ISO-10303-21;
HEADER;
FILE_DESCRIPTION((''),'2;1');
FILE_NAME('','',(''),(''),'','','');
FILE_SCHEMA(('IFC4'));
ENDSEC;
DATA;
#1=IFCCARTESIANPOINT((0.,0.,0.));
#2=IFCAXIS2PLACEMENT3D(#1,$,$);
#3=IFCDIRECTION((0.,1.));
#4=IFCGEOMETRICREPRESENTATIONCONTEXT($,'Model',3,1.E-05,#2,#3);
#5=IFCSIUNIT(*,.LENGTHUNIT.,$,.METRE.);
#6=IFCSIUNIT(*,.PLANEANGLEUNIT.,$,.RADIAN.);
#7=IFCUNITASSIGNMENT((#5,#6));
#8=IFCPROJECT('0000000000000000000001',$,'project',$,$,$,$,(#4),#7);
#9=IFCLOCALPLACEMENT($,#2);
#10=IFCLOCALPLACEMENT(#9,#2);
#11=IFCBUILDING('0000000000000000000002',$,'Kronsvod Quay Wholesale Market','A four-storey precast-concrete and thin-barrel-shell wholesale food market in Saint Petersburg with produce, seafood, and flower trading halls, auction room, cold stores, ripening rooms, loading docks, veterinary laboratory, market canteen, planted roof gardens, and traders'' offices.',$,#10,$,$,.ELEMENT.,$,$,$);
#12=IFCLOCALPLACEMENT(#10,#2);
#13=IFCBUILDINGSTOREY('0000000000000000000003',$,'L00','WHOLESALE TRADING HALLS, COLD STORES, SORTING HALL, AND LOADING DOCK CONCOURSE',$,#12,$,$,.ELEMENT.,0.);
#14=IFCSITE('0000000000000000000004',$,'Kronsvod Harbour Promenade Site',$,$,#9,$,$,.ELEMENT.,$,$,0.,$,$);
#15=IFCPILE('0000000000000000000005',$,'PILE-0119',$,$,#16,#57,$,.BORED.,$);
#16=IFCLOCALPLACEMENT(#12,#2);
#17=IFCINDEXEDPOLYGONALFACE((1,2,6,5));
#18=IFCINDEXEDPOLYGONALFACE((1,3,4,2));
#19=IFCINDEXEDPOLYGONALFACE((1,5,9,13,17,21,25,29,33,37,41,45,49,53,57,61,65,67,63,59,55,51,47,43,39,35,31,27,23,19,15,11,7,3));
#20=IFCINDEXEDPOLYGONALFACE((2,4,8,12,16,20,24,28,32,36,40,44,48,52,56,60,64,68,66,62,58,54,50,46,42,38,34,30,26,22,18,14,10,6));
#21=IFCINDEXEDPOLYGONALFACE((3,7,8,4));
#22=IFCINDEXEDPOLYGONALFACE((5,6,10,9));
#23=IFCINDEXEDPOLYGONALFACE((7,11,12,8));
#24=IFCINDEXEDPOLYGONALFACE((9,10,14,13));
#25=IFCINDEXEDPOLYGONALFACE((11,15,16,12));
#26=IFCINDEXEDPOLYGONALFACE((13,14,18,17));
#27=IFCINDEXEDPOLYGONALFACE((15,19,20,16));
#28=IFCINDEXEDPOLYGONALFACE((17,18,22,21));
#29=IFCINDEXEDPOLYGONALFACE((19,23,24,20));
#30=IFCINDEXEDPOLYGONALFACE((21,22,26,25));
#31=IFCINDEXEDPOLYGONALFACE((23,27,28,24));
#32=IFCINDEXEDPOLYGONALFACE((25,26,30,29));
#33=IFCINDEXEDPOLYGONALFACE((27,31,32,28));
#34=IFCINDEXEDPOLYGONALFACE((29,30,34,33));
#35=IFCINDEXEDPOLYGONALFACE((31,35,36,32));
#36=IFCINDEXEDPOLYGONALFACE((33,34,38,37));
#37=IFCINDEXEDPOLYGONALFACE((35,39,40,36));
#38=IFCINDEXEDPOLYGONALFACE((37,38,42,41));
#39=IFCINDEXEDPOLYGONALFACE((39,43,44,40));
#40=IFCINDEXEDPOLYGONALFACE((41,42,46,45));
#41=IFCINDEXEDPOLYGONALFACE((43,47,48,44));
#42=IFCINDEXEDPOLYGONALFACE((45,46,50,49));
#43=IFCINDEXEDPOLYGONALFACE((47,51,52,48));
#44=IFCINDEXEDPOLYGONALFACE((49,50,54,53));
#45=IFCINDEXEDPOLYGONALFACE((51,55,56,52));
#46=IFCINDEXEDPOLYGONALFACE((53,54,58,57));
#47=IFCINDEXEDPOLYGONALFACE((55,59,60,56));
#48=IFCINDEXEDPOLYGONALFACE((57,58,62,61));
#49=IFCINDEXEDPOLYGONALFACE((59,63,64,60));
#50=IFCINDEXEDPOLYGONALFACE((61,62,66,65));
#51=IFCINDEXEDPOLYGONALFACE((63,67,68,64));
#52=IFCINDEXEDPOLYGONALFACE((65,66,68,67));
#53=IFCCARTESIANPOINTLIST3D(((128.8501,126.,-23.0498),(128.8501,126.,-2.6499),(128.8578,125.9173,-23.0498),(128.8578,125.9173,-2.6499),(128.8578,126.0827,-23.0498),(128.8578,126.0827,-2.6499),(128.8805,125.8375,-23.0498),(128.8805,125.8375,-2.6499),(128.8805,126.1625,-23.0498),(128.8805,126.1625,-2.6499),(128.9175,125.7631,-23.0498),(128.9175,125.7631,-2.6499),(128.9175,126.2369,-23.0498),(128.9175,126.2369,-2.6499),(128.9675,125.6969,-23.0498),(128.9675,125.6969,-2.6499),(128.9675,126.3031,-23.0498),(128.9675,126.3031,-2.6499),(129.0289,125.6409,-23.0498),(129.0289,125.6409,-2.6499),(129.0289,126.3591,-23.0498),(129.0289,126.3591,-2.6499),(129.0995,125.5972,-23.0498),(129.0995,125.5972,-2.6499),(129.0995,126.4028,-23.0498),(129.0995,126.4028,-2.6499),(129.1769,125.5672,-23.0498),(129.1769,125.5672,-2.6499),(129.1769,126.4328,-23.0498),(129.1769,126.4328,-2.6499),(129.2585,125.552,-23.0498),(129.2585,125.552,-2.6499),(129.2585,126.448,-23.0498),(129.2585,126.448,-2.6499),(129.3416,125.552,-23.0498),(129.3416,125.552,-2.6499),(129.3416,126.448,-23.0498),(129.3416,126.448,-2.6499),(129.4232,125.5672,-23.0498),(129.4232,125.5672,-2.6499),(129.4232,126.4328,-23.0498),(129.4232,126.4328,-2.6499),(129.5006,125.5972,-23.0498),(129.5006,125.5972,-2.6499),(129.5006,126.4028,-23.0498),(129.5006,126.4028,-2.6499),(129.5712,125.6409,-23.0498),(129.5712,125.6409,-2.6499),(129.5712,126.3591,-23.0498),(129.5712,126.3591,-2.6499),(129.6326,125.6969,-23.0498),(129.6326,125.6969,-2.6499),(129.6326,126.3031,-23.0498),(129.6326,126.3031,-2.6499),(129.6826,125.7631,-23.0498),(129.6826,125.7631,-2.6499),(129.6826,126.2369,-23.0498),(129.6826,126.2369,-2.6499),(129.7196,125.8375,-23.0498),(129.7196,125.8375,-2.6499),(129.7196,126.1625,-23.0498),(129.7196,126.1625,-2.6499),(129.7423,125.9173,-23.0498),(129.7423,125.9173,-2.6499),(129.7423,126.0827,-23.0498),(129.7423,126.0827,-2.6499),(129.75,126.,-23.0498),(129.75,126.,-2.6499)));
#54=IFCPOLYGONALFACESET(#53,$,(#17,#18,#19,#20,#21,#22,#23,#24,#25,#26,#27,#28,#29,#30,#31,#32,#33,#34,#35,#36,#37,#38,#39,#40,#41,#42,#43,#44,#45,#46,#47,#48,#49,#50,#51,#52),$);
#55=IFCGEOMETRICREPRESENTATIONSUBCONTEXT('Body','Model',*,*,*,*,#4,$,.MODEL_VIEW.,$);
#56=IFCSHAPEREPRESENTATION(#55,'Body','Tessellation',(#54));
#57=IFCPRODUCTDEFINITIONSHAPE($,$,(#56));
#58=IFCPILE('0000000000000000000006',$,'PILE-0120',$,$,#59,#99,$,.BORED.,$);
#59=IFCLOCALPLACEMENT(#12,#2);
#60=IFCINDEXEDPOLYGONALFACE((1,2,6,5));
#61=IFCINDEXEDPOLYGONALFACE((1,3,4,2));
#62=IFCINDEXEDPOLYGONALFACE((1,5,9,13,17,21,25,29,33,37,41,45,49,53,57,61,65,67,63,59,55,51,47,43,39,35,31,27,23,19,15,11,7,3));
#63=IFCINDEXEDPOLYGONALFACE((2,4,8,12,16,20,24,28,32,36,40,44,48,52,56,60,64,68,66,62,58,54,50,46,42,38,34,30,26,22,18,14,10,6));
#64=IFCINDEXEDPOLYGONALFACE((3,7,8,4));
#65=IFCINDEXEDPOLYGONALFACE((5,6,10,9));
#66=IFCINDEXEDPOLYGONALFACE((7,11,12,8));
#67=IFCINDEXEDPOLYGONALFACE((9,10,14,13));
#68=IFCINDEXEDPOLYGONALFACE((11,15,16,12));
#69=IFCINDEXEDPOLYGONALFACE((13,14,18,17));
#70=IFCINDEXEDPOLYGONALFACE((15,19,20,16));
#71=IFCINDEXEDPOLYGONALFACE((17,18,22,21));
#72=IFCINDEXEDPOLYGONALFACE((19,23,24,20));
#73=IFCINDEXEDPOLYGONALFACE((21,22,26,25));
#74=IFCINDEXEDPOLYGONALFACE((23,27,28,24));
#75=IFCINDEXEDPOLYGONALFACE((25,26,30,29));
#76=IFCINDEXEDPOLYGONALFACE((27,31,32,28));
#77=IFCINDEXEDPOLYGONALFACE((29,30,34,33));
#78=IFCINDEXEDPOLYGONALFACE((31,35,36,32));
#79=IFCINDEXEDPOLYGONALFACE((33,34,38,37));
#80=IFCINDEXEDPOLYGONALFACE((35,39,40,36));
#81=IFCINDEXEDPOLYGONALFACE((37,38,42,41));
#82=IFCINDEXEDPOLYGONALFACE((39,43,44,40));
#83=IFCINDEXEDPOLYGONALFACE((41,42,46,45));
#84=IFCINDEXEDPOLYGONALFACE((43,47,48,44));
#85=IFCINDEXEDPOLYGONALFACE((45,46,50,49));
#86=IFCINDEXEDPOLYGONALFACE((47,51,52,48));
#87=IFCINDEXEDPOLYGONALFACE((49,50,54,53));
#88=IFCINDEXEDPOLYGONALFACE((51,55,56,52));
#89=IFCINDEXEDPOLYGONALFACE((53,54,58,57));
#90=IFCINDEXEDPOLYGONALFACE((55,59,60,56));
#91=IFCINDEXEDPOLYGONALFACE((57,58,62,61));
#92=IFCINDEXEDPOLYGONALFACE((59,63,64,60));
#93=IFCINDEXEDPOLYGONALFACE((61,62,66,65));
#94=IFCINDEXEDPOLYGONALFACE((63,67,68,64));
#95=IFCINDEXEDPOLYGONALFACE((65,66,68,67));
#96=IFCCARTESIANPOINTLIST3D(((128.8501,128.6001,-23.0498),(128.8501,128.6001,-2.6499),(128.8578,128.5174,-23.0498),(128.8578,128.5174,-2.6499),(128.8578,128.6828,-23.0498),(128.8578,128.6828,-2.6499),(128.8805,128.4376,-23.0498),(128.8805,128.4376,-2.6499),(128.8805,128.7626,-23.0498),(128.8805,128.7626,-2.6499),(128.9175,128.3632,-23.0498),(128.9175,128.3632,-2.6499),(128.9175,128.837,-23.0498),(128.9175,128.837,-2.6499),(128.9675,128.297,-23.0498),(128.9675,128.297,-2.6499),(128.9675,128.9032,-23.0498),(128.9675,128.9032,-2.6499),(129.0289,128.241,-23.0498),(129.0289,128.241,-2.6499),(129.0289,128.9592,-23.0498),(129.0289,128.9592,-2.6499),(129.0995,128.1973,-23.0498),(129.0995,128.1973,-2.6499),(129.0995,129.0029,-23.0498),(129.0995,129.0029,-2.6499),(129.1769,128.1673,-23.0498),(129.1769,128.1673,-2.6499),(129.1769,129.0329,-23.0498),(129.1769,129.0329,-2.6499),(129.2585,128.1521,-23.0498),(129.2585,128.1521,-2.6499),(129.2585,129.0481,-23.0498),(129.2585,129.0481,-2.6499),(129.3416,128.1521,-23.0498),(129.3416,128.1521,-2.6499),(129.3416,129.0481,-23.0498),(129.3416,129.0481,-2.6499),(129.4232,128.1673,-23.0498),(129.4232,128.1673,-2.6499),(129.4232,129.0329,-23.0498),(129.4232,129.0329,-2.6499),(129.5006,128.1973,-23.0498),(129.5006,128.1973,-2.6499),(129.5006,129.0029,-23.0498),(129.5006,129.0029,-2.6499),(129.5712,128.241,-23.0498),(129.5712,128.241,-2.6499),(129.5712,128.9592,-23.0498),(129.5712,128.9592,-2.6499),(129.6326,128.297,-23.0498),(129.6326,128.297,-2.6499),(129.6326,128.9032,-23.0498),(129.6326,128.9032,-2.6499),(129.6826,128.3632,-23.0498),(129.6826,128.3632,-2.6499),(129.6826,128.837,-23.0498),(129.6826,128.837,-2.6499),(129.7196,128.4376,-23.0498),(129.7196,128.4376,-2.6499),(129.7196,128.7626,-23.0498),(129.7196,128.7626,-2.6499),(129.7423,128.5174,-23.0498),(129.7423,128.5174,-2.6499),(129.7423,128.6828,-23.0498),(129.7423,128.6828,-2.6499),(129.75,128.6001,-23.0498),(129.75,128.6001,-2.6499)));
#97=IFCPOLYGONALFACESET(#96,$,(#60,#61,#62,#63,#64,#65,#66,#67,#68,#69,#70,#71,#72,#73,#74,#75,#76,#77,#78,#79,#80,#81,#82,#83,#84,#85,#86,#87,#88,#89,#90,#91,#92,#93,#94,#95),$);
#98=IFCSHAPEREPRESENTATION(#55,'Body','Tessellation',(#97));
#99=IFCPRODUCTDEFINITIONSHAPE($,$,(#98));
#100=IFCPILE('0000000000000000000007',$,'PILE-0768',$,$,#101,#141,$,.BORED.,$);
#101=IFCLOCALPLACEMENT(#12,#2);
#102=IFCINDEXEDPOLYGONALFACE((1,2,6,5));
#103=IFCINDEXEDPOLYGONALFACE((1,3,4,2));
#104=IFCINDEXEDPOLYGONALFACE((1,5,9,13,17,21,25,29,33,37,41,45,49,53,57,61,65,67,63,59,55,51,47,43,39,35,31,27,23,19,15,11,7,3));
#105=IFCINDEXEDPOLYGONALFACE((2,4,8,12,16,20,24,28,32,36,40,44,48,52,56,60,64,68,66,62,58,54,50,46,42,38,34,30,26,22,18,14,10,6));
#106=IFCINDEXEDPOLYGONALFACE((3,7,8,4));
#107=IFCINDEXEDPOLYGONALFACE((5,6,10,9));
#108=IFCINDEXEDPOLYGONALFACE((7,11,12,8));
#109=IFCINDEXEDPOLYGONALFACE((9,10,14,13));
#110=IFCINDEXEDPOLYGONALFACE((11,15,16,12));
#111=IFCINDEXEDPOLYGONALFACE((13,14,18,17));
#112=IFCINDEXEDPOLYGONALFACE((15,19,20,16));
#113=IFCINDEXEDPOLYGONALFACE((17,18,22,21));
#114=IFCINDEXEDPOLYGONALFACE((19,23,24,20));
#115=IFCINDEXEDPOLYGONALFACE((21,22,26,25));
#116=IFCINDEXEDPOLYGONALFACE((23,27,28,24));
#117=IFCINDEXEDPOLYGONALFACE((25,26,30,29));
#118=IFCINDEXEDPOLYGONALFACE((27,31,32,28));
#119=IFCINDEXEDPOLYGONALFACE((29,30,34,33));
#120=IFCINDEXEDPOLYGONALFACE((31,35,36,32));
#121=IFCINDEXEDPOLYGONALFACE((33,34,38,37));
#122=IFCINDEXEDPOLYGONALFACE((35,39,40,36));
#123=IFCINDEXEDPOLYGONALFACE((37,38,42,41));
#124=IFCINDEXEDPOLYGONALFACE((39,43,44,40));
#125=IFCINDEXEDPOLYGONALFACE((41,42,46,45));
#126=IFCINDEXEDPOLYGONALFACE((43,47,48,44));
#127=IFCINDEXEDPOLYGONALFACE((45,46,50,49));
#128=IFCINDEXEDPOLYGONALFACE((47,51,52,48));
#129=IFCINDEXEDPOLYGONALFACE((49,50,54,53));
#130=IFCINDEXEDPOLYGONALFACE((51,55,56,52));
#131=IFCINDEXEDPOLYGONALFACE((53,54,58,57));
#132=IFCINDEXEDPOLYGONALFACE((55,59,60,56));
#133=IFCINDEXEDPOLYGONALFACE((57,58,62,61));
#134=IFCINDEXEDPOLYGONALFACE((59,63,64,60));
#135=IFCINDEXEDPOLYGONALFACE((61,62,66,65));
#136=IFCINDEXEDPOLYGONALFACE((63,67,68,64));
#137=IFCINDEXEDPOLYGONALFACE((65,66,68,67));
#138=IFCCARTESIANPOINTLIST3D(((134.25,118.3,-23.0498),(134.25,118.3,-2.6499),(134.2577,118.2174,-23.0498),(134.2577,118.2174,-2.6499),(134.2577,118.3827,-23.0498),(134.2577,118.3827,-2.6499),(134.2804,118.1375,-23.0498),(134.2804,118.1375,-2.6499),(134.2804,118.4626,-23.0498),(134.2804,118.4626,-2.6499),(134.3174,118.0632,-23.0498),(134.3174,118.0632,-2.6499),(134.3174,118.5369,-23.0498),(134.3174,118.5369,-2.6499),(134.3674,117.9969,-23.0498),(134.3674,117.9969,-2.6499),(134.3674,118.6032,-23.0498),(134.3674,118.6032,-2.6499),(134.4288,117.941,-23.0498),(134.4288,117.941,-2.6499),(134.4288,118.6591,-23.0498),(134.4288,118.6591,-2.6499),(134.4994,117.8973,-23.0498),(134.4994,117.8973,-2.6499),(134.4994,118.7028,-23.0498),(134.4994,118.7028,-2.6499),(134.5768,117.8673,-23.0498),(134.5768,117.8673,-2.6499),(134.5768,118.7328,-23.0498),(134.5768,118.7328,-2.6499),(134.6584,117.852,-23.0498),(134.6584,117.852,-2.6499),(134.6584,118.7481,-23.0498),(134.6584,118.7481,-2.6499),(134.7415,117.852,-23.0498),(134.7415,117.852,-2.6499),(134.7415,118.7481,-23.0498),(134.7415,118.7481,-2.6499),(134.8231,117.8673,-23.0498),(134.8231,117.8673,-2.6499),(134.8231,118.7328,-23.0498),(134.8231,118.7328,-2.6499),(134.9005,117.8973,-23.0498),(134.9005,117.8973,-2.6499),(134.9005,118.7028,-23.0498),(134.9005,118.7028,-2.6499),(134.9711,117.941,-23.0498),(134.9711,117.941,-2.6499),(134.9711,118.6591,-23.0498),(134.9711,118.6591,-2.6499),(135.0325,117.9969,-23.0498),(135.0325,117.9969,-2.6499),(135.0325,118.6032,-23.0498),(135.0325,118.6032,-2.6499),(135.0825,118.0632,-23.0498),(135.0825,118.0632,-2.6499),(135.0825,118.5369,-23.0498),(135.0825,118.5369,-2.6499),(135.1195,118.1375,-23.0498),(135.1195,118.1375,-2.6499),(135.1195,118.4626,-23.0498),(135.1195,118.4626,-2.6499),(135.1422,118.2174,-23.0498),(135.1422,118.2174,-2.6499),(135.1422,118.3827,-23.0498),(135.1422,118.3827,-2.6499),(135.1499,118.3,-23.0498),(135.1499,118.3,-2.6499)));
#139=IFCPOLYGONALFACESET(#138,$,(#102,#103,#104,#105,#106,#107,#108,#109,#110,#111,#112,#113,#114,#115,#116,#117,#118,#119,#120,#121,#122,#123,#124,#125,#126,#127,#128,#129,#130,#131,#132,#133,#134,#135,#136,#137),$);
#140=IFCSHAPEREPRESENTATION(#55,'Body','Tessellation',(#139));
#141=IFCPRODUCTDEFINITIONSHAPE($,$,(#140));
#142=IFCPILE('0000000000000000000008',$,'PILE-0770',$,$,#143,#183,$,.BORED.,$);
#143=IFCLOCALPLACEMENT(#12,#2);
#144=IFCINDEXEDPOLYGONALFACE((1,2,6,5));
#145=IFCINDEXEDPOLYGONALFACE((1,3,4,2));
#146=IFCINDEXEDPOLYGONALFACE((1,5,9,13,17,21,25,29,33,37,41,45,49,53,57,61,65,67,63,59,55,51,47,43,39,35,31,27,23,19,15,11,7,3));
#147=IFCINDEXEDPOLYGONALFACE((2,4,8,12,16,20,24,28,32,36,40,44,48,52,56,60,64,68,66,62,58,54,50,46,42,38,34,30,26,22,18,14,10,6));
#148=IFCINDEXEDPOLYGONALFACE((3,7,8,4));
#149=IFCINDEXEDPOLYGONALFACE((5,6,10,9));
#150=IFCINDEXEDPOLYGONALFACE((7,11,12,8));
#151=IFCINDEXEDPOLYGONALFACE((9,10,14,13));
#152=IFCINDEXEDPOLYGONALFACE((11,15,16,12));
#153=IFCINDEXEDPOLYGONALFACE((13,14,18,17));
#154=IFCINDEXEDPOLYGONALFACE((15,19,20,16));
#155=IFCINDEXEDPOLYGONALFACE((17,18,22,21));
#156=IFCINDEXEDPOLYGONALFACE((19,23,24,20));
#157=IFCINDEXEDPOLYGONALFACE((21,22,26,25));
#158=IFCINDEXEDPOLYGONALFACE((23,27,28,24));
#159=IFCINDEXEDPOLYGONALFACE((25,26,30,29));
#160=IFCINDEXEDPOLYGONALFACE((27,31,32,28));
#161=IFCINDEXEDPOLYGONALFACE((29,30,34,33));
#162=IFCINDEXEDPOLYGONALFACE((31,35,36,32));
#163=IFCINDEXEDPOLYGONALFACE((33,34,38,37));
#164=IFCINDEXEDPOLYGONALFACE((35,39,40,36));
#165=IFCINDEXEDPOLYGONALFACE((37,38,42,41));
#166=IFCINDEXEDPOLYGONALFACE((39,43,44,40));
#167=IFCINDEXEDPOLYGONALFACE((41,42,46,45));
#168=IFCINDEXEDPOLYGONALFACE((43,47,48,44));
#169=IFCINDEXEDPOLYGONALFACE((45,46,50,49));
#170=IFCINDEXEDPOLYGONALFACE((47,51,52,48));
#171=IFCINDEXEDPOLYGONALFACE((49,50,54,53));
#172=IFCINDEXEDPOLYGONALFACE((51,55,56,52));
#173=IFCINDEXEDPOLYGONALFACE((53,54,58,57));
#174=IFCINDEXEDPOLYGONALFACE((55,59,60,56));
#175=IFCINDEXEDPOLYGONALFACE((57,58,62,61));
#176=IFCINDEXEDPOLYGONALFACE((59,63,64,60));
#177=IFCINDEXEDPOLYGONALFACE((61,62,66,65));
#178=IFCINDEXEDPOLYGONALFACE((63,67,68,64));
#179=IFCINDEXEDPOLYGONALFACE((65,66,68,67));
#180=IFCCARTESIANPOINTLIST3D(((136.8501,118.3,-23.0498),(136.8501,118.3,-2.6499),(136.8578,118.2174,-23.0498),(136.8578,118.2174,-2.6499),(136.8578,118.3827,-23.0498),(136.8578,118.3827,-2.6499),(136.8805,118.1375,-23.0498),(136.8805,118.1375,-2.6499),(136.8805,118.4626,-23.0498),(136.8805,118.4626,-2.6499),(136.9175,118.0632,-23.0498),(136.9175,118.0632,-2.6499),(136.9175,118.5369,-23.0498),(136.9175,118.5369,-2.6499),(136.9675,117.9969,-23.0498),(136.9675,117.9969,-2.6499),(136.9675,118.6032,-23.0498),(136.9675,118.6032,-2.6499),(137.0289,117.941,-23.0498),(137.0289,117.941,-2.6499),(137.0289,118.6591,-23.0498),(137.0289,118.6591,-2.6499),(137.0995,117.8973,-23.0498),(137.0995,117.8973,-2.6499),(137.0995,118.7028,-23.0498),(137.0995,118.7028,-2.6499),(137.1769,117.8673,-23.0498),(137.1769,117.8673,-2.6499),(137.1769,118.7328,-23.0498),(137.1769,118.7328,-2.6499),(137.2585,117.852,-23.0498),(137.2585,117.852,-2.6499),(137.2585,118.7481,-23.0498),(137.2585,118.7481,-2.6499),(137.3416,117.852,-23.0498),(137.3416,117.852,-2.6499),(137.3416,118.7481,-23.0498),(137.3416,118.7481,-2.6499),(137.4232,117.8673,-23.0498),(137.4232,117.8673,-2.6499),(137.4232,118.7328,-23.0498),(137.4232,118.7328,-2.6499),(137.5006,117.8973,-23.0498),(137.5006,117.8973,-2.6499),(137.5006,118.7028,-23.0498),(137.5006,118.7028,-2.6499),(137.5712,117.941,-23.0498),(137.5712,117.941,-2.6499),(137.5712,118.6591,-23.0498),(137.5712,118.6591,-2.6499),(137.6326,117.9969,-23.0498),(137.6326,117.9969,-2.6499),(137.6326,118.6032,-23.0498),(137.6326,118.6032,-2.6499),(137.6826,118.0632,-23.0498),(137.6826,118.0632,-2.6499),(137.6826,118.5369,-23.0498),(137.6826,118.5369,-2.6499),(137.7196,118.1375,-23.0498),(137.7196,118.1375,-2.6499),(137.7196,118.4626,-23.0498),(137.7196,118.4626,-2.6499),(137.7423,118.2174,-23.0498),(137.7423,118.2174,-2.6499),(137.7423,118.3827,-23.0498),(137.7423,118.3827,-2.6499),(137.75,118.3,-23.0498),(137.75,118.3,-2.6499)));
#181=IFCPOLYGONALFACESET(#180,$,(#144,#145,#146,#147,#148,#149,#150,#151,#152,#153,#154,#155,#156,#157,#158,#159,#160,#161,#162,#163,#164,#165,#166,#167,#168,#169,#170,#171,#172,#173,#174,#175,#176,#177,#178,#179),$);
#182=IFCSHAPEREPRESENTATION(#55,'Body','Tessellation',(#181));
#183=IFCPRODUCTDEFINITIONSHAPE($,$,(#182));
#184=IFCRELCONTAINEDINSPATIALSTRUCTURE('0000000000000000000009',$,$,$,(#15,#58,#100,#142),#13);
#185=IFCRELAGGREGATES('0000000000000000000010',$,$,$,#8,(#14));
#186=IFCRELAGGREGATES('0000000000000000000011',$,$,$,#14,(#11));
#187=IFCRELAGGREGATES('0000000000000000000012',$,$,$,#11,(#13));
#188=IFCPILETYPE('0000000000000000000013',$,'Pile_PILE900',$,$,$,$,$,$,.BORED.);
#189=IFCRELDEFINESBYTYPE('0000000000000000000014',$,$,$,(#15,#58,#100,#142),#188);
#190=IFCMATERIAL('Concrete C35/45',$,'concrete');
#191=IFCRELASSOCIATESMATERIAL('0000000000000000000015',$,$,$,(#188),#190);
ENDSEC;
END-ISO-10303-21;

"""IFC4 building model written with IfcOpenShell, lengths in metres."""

from ifc_helpers import new_model, si_unit, direction, frame, origin, origin_2d, place, context, subcontext, project, spatial, circle, extrude, material, material_profile, profile_set, type_object, element, save


model = new_model("IFC4")

# Units and contexts
model_context = context("Model", 3, precision=1e-05, world=origin(), true_north=direction((0.0, 1.0)))
body_context = subcontext(model_context, "Body", "Model", "MODEL_VIEW")
ifc_project = project(units=[si_unit("LENGTHUNIT", "METRE"), si_unit("PLANEANGLEUNIT", "RADIAN")], contexts=[model_context])

# Site, building, storey
site_placement = place(None, origin())
site = spatial("IfcSite", under=ifc_project, at=site_placement, Name="Kronsvod Harbour Promenade Site", CompositionType="ELEMENT", RefElevation=0.0)
building_placement = place(site_placement, origin())
building = spatial("IfcBuilding", under=site, at=building_placement, Name="Kronsvod Quay Wholesale Market", Description="A four-storey precast-concrete and thin-barrel-shell wholesale food market in Saint Petersburg with produce, seafood, and flower trading halls, auction room, cold stores, ripening rooms, loading docks, veterinary laboratory, market canteen, planted roof gardens, and traders' offices.", CompositionType="ELEMENT")
storey_placement = place(building_placement, origin())
storey = spatial("IfcBuildingStorey", under=building, at=storey_placement, Name="L00", Description="WHOLESALE TRADING HALLS, COLD STORES, SORTING HALL, AND LOADING DOCK CONCOURSE", CompositionType="ELEMENT", Elevation=0.0)

# Piles
ifc_material_1 = material(Name="Concrete C35/45", Category="concrete")
ifc_material_profile_1 = material_profile(ifc_material_1, circle(Radius=0.45, at=origin_2d()), Name="PILE900")
ifc_profile_set_1 = profile_set([ifc_material_profile_1], Name="Concrete C35/45")
pile_type = type_object("IfcPileType", Name="Pile_PILE900", PredefinedType="BORED", material=ifc_profile_set_1)
for number, where, z_axis, x_axis, name in (
    (1, (129.3, 126.0, -2.6499), (0.0, 0.0, -1.0), (1.0, 0.0, 0.0), "PILE-0119"),
    (2, (129.3, 128.6001, -2.6499), (0.0, 0.0, -1.0), (1.0, 0.0, 0.0), "PILE-0120"),
    (3, (134.7, 118.3, -2.6499), (0.0, 0.0, -1.0), (1.0, 0.0, 0.0), "PILE-0768"),
    (4, (137.3, 118.3, -2.6499), (0.0, 0.0, -1.0), (1.0, 0.0, 0.0), "PILE-0770"),
):
    element("IfcPile", number, at=place(storey_placement, frame(where, z_axis=z_axis, x_axis=x_axis)), inside=storey, type_object=pile_type, Name=name, PredefinedType="BORED", context=body_context, shape_type="SweptSolid", body=[
        extrude(circle(Radius=0.45, at=origin_2d()), origin(), (0.0, 0.0, 1.0), 20.3999),
    ])

save(model, "model.ifc")
